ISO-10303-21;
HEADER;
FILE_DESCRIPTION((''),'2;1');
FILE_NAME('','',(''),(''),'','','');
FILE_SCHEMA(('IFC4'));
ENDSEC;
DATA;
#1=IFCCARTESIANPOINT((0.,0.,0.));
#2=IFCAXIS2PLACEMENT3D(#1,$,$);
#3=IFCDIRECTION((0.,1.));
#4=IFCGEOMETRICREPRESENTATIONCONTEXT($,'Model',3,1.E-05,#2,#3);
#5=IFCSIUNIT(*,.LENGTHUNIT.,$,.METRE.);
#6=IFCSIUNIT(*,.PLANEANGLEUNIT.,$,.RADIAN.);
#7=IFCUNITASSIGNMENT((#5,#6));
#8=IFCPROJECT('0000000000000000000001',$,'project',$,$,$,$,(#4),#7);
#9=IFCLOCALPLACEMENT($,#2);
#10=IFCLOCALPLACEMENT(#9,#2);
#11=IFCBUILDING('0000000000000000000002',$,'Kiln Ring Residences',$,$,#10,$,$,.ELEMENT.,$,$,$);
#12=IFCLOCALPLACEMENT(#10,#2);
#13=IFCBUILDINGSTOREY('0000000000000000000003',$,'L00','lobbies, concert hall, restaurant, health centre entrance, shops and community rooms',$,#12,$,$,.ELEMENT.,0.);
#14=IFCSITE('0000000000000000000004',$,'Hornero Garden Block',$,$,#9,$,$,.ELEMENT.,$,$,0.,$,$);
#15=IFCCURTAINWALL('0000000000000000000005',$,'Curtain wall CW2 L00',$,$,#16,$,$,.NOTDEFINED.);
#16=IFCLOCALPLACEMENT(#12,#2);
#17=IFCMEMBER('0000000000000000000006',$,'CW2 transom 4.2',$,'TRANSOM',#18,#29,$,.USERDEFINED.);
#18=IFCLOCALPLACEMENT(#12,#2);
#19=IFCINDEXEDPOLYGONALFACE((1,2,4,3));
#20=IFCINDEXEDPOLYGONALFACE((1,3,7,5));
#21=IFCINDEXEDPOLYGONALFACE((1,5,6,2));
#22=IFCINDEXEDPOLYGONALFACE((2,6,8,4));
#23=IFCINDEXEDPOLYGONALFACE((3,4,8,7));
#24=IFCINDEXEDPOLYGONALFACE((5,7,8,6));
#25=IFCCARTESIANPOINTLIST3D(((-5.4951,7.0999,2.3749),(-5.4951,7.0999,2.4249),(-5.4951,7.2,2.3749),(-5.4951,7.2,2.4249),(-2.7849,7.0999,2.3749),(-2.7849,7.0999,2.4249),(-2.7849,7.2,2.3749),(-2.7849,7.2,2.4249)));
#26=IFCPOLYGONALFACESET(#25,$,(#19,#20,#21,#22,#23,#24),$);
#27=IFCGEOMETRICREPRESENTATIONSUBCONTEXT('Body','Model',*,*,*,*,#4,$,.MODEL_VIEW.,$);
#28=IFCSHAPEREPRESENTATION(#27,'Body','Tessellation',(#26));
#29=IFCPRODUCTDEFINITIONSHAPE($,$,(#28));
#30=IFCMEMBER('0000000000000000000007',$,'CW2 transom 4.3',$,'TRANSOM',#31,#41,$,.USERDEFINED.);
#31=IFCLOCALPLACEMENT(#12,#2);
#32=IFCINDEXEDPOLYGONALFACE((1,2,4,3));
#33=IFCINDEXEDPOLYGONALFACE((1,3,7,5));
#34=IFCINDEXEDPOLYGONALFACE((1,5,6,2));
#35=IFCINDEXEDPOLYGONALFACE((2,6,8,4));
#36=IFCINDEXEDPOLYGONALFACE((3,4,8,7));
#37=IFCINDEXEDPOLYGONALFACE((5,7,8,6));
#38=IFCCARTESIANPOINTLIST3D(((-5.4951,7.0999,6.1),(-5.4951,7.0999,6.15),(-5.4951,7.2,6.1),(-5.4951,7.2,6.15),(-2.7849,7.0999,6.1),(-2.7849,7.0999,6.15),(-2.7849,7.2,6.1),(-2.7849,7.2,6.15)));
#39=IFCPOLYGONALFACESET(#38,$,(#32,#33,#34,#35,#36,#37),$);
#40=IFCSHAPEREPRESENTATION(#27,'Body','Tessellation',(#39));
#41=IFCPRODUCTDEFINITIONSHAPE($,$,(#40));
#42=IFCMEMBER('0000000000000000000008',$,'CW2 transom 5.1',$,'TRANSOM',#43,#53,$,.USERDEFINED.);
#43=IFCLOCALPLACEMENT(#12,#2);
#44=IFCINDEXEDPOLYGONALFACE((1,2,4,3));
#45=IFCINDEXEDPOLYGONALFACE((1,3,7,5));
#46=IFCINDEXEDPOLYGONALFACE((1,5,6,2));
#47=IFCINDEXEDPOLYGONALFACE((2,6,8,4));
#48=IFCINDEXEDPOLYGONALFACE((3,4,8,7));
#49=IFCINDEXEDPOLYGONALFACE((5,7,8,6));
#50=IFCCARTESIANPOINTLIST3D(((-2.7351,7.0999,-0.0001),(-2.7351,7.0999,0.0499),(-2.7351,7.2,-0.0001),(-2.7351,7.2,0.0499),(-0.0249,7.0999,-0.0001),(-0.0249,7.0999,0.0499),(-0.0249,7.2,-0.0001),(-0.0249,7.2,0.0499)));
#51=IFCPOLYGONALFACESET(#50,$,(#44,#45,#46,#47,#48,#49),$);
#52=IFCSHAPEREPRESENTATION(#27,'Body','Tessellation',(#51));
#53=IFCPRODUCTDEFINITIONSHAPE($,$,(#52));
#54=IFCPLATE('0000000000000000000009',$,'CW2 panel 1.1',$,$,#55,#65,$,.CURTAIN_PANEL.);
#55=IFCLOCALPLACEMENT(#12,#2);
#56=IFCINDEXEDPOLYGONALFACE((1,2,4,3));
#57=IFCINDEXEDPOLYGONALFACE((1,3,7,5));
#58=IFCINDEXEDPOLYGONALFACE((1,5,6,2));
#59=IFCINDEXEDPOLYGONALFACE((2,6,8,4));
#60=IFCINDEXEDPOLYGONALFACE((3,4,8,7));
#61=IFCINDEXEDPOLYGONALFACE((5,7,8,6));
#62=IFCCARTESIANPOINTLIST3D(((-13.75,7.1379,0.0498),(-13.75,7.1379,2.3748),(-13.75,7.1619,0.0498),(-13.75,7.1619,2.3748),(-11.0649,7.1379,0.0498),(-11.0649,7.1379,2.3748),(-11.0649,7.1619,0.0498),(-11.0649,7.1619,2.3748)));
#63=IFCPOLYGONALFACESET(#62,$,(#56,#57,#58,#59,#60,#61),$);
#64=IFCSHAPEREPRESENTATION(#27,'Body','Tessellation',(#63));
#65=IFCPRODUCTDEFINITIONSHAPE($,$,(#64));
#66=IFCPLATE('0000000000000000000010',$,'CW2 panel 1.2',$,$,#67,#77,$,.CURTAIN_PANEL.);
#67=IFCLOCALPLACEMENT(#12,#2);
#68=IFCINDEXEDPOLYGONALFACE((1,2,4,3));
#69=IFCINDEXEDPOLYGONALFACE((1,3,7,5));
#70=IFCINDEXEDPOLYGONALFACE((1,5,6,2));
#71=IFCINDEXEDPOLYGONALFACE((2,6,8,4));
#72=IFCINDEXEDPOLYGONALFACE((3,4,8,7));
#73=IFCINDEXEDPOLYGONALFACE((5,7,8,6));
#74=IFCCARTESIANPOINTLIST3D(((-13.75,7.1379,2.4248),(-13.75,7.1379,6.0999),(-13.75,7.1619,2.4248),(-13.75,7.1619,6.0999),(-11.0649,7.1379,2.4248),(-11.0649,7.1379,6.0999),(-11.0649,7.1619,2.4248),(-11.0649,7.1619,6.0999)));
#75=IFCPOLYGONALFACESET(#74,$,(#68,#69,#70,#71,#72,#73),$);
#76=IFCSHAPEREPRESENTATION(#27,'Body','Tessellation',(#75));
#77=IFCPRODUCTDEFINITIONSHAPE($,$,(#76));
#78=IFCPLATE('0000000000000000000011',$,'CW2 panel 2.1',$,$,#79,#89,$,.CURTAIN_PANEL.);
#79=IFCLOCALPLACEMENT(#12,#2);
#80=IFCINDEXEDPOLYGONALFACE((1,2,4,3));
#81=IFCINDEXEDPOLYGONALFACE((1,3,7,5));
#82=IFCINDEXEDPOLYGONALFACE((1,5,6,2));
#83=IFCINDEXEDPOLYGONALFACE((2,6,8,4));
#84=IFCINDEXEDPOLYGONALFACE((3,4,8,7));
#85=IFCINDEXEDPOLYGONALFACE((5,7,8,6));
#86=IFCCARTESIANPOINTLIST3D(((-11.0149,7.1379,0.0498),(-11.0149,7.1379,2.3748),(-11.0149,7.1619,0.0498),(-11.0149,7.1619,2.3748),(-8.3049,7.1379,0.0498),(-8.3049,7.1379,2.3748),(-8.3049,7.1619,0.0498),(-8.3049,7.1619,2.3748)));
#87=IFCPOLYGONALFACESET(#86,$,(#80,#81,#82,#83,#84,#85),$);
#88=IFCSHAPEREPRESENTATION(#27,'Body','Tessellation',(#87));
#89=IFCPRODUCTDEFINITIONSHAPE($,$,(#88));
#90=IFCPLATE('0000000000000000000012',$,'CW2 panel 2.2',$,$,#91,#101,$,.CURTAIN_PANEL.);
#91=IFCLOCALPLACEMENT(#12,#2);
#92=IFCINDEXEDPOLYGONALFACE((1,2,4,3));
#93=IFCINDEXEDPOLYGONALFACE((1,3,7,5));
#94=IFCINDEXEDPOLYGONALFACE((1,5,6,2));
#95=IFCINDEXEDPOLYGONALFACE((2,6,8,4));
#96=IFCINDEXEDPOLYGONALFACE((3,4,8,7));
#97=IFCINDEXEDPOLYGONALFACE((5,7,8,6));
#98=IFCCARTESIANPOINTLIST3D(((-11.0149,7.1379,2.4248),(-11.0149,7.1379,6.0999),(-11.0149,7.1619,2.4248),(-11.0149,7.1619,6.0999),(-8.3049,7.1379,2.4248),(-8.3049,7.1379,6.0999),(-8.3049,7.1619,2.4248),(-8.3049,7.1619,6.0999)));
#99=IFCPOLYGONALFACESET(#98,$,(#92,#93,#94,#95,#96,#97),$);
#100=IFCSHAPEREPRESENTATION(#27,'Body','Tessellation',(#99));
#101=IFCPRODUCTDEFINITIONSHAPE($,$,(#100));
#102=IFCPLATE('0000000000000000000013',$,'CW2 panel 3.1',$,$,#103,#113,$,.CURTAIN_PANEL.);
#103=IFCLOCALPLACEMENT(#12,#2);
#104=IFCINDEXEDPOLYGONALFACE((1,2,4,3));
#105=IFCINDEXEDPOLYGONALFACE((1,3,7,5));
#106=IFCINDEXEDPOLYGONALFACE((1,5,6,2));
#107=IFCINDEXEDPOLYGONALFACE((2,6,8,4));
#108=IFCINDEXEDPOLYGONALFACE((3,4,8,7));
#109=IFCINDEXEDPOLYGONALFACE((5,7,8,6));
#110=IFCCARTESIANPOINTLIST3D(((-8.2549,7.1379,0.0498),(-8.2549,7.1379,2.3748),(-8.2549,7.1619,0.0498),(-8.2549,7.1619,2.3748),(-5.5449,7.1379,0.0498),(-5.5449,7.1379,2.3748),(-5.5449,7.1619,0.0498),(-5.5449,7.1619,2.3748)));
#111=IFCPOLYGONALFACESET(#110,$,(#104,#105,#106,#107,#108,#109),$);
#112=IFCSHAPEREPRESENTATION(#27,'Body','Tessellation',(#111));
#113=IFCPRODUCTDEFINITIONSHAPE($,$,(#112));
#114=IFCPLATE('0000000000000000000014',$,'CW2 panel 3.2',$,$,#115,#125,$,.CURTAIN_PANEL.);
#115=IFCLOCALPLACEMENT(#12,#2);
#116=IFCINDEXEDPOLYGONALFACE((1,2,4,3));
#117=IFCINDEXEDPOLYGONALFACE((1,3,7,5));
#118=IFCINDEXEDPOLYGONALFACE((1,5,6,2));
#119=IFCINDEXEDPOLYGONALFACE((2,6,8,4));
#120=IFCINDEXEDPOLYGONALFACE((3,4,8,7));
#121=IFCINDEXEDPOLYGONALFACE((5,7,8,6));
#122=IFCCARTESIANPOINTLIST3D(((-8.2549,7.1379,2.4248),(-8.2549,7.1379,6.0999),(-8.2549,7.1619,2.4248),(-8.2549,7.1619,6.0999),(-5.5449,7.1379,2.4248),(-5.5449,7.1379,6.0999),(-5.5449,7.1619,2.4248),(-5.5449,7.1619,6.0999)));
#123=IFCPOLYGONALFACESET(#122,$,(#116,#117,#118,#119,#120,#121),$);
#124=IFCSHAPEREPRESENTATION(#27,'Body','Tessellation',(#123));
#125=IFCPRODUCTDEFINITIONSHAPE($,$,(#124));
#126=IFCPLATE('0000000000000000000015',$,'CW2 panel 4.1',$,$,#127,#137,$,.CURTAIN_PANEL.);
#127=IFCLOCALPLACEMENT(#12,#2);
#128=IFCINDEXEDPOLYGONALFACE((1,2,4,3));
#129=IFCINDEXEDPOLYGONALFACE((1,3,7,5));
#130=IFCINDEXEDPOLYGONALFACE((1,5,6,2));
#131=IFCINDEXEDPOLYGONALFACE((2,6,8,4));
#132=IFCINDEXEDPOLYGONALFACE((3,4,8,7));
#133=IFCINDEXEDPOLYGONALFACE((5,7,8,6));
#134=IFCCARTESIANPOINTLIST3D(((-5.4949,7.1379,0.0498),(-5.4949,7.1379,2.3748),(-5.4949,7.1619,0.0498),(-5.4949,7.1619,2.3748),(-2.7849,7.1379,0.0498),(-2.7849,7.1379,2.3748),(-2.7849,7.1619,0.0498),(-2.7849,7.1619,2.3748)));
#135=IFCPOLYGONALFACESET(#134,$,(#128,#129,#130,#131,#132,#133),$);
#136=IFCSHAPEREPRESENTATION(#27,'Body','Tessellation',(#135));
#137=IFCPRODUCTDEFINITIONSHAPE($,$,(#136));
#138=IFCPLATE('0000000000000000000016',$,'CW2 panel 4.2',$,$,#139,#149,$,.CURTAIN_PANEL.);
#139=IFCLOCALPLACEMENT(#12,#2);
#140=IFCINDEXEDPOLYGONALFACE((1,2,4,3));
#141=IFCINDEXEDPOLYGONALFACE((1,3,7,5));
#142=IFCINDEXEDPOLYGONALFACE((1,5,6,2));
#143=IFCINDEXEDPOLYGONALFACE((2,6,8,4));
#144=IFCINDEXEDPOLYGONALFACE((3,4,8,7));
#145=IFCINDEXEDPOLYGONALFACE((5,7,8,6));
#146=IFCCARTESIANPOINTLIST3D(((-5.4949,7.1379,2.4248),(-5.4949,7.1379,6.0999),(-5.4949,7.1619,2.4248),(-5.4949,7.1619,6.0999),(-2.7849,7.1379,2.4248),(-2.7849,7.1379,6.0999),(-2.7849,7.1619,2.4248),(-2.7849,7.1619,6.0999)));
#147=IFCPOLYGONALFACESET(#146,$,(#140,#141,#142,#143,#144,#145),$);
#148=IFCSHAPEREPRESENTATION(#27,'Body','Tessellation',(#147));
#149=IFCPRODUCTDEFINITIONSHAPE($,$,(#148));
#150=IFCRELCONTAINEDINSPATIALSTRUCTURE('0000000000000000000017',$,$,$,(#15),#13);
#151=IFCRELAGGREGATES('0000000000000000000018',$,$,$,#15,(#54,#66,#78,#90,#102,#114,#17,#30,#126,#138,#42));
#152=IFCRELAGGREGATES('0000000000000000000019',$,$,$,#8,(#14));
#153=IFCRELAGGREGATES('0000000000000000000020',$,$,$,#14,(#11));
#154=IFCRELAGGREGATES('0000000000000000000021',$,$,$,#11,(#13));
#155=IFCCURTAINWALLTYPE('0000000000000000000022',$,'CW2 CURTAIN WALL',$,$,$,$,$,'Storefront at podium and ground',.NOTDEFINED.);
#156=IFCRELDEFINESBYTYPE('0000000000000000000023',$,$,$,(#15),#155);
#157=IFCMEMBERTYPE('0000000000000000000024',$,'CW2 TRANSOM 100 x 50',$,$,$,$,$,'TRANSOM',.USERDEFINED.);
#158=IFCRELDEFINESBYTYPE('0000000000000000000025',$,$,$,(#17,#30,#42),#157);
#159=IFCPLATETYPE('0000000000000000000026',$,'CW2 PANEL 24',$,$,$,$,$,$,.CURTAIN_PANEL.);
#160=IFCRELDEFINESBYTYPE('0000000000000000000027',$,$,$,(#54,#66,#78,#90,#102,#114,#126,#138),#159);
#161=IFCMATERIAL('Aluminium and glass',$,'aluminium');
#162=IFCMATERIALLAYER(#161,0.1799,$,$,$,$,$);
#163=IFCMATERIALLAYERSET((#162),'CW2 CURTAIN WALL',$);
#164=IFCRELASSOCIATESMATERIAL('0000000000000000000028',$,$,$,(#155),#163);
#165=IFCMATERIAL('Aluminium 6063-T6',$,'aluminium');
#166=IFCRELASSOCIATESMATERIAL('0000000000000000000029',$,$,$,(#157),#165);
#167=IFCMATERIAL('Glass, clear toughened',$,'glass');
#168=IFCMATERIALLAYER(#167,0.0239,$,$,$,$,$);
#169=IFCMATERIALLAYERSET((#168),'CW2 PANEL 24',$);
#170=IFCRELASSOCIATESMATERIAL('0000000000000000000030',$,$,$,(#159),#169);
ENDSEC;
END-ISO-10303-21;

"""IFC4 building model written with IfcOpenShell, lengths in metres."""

from ifc_helpers import new_model, si_unit, direction, frame, origin, origin_2d, place, context, subcontext, project, spatial, rectangle, extrude, material, layer, layer_set, material_profile, profile_set, type_object, element, aggregate, save


model = new_model("IFC4")

# Units and contexts
model_context = context("Model", 3, precision=1e-05, world=origin(), true_north=direction((0.0, 1.0)))
body_context = subcontext(model_context, "Body", "Model", "MODEL_VIEW")
ifc_project = project(units=[si_unit("LENGTHUNIT", "METRE"), si_unit("PLANEANGLEUNIT", "RADIAN")], contexts=[model_context])

# Site, building, storey
site_placement = place(None, origin())
site = spatial("IfcSite", under=ifc_project, at=site_placement, Name="Hornero Garden Block", CompositionType="ELEMENT", RefElevation=0.0)
building_placement = place(site_placement, origin())
building = spatial("IfcBuilding", under=site, at=building_placement, Name="Kiln Ring Residences", CompositionType="ELEMENT")
storey_placement = place(building_placement, origin())
storey = spatial("IfcBuildingStorey", under=building, at=storey_placement, Name="L00", Description="lobbies, concert hall, restaurant, health centre entrance, shops and community rooms", CompositionType="ELEMENT", Elevation=0.0)

# Curtain wall, members, plates
ifc_material_1 = material(Name="Aluminium and glass", Category="aluminium")
ifc_layer_1 = layer(ifc_material_1, 0.1799)
ifc_layer_set_1 = layer_set([ifc_layer_1], Name="CW2 CURTAIN WALL")
curtain_wall_type = type_object("IfcCurtainWallType", Name="CW2 CURTAIN WALL", ElementType="Storefront at podium and ground", PredefinedType="NOTDEFINED", material=ifc_layer_set_1)
curtain_wall_placement = place(storey_placement, origin())
curtain_wall = element("IfcCurtainWall", 1, at=curtain_wall_placement, inside=storey, type_object=curtain_wall_type, Name="Curtain wall CW2 L00", PredefinedType="NOTDEFINED")
ifc_material_2 = material(Name="Aluminium 6063-T6", Category="aluminium")
ifc_material_profile_1 = material_profile(ifc_material_2, rectangle(XDim=0.1001, YDim=0.05, at=origin_2d()), Name="AL 100x50")
ifc_profile_set_1 = profile_set([ifc_material_profile_1], Name="Aluminium 6063-T6")
member_type_1 = type_object("IfcMemberType", Name="CW2 TRANSOM 100 x 50", ElementType="TRANSOM", PredefinedType="USERDEFINED", material=ifc_profile_set_1)
member_1_placement = place(storey_placement, frame((-5.4951, 7.1499, 2.3999), z_axis=(1.0, 0.0, 0.0), x_axis=(0.0, 1.0, 0.0)))
member_1 = element("IfcMember", 2, at=member_1_placement, type_object=member_type_1, Name="CW2 transom 4.2", ObjectType="TRANSOM", PredefinedType="USERDEFINED", context=body_context, shape_type="SweptSolid", body=[
    extrude(rectangle(XDim=0.1001, YDim=0.05, at=origin_2d()), origin(), (0.0, 0.0, 1.0), 2.7102),
])
member_2_placement = place(storey_placement, frame((-5.4951, 7.1499, 6.125), z_axis=(1.0, 0.0, 0.0), x_axis=(0.0, 1.0, 0.0)))
member_2 = element("IfcMember", 3, at=member_2_placement, type_object=member_type_1, Name="CW2 transom 4.3", ObjectType="TRANSOM", PredefinedType="USERDEFINED", context=body_context, shape_type="SweptSolid", body=[
    extrude(rectangle(XDim=0.1001, YDim=0.05, at=origin_2d()), origin(), (0.0, 0.0, 1.0), 2.7102),
])
member_3_placement = place(storey_placement, frame((-2.7351, 7.1499, 0.0249), z_axis=(1.0, 0.0, 0.0), x_axis=(0.0, 1.0, 0.0)))
member_3 = element("IfcMember", 4, at=member_3_placement, type_object=member_type_1, Name="CW2 transom 5.1", ObjectType="TRANSOM", PredefinedType="USERDEFINED", context=body_context, shape_type="SweptSolid", body=[
    extrude(rectangle(XDim=0.1001, YDim=0.05, at=origin_2d()), origin(), (0.0, 0.0, 1.0), 2.7102),
])
ifc_material_3 = material(Name="Glass, clear toughened", Category="glass")
ifc_layer_2 = layer(ifc_material_3, 0.0239)
ifc_layer_set_2 = layer_set([ifc_layer_2], Name="CW2 PANEL 24")
plate_type = type_object("IfcPlateType", Name="CW2 PANEL 24", PredefinedType="CURTAIN_PANEL", material=ifc_layer_set_2)
plate_1_placement = place(storey_placement, frame((-12.4075, 7.1499, 0.0498), z_axis=(0.0, 0.0, 1.0), x_axis=(1.0, 0.0, 0.0)))
plate_1 = element("IfcPlate", 5, at=plate_1_placement, type_object=plate_type, Name="CW2 panel 1.1", PredefinedType="CURTAIN_PANEL", context=body_context, shape_type="SweptSolid", body=[
    extrude(rectangle(XDim=2.6851, YDim=0.0239, at=origin_2d()), origin(), (0.0, 0.0, 1.0), 2.325),
])
plate_2_placement = place(storey_placement, frame((-12.4075, 7.1499, 2.4248), z_axis=(0.0, 0.0, 1.0), x_axis=(1.0, 0.0, 0.0)))
plate_2 = element("IfcPlate", 6, at=plate_2_placement, type_object=plate_type, Name="CW2 panel 1.2", PredefinedType="CURTAIN_PANEL", context=body_context, shape_type="SweptSolid", body=[
    extrude(rectangle(XDim=2.6851, YDim=0.0239, at=origin_2d()), origin(), (0.0, 0.0, 1.0), 3.675),
])
plate_3_placement = place(storey_placement, frame((-9.6599, 7.1499, 0.0498), z_axis=(0.0, 0.0, 1.0), x_axis=(1.0, 0.0, 0.0)))
plate_3 = element("IfcPlate", 7, at=plate_3_placement, type_object=plate_type, Name="CW2 panel 2.1", PredefinedType="CURTAIN_PANEL", context=body_context, shape_type="SweptSolid", body=[
    extrude(rectangle(XDim=2.71, YDim=0.0239, at=origin_2d()), origin(), (0.0, 0.0, 1.0), 2.325),
])
plate_4_placement = place(storey_placement, frame((-9.6599, 7.1499, 2.4248), z_axis=(0.0, 0.0, 1.0), x_axis=(1.0, 0.0, 0.0)))
plate_4 = element("IfcPlate", 8, at=plate_4_placement, type_object=plate_type, Name="CW2 panel 2.2", PredefinedType="CURTAIN_PANEL", context=body_context, shape_type="SweptSolid", body=[
    extrude(rectangle(XDim=2.71, YDim=0.0239, at=origin_2d()), origin(), (0.0, 0.0, 1.0), 3.675),
])
plate_5_placement = place(storey_placement, frame((-6.8999, 7.1499, 0.0498), z_axis=(0.0, 0.0, 1.0), x_axis=(1.0, 0.0, 0.0)))
plate_5 = element("IfcPlate", 9, at=plate_5_placement, type_object=plate_type, Name="CW2 panel 3.1", PredefinedType="CURTAIN_PANEL", context=body_context, shape_type="SweptSolid", body=[
    extrude(rectangle(XDim=2.71, YDim=0.0239, at=origin_2d()), origin(), (0.0, 0.0, 1.0), 2.325),
])
plate_6_placement = place(storey_placement, frame((-6.8999, 7.1499, 2.4248), z_axis=(0.0, 0.0, 1.0), x_axis=(1.0, 0.0, 0.0)))
plate_6 = element("IfcPlate", 10, at=plate_6_placement, type_object=plate_type, Name="CW2 panel 3.2", PredefinedType="CURTAIN_PANEL", context=body_context, shape_type="SweptSolid", body=[
    extrude(rectangle(XDim=2.71, YDim=0.0239, at=origin_2d()), origin(), (0.0, 0.0, 1.0), 3.675),
])
plate_7_placement = place(storey_placement, frame((-4.1399, 7.1499, 0.0498), z_axis=(0.0, 0.0, 1.0), x_axis=(1.0, 0.0, 0.0)))
plate_7 = element("IfcPlate", 11, at=plate_7_placement, type_object=plate_type, Name="CW2 panel 4.1", PredefinedType="CURTAIN_PANEL", context=body_context, shape_type="SweptSolid", body=[
    extrude(rectangle(XDim=2.71, YDim=0.0239, at=origin_2d()), origin(), (0.0, 0.0, 1.0), 2.325),
])
plate_8_placement = place(storey_placement, frame((-4.1399, 7.1499, 2.4248), z_axis=(0.0, 0.0, 1.0), x_axis=(1.0, 0.0, 0.0)))
plate_8 = element("IfcPlate", 12, at=plate_8_placement, type_object=plate_type, Name="CW2 panel 4.2", PredefinedType="CURTAIN_PANEL", context=body_context, shape_type="SweptSolid", body=[
    extrude(rectangle(XDim=2.71, YDim=0.0239, at=origin_2d()), origin(), (0.0, 0.0, 1.0), 3.675),
])
aggregate(curtain_wall, [plate_1, plate_2, plate_3, plate_4, plate_5, plate_6, member_1, member_2, plate_7, plate_8, member_3])

save(model, "model.ifc")
